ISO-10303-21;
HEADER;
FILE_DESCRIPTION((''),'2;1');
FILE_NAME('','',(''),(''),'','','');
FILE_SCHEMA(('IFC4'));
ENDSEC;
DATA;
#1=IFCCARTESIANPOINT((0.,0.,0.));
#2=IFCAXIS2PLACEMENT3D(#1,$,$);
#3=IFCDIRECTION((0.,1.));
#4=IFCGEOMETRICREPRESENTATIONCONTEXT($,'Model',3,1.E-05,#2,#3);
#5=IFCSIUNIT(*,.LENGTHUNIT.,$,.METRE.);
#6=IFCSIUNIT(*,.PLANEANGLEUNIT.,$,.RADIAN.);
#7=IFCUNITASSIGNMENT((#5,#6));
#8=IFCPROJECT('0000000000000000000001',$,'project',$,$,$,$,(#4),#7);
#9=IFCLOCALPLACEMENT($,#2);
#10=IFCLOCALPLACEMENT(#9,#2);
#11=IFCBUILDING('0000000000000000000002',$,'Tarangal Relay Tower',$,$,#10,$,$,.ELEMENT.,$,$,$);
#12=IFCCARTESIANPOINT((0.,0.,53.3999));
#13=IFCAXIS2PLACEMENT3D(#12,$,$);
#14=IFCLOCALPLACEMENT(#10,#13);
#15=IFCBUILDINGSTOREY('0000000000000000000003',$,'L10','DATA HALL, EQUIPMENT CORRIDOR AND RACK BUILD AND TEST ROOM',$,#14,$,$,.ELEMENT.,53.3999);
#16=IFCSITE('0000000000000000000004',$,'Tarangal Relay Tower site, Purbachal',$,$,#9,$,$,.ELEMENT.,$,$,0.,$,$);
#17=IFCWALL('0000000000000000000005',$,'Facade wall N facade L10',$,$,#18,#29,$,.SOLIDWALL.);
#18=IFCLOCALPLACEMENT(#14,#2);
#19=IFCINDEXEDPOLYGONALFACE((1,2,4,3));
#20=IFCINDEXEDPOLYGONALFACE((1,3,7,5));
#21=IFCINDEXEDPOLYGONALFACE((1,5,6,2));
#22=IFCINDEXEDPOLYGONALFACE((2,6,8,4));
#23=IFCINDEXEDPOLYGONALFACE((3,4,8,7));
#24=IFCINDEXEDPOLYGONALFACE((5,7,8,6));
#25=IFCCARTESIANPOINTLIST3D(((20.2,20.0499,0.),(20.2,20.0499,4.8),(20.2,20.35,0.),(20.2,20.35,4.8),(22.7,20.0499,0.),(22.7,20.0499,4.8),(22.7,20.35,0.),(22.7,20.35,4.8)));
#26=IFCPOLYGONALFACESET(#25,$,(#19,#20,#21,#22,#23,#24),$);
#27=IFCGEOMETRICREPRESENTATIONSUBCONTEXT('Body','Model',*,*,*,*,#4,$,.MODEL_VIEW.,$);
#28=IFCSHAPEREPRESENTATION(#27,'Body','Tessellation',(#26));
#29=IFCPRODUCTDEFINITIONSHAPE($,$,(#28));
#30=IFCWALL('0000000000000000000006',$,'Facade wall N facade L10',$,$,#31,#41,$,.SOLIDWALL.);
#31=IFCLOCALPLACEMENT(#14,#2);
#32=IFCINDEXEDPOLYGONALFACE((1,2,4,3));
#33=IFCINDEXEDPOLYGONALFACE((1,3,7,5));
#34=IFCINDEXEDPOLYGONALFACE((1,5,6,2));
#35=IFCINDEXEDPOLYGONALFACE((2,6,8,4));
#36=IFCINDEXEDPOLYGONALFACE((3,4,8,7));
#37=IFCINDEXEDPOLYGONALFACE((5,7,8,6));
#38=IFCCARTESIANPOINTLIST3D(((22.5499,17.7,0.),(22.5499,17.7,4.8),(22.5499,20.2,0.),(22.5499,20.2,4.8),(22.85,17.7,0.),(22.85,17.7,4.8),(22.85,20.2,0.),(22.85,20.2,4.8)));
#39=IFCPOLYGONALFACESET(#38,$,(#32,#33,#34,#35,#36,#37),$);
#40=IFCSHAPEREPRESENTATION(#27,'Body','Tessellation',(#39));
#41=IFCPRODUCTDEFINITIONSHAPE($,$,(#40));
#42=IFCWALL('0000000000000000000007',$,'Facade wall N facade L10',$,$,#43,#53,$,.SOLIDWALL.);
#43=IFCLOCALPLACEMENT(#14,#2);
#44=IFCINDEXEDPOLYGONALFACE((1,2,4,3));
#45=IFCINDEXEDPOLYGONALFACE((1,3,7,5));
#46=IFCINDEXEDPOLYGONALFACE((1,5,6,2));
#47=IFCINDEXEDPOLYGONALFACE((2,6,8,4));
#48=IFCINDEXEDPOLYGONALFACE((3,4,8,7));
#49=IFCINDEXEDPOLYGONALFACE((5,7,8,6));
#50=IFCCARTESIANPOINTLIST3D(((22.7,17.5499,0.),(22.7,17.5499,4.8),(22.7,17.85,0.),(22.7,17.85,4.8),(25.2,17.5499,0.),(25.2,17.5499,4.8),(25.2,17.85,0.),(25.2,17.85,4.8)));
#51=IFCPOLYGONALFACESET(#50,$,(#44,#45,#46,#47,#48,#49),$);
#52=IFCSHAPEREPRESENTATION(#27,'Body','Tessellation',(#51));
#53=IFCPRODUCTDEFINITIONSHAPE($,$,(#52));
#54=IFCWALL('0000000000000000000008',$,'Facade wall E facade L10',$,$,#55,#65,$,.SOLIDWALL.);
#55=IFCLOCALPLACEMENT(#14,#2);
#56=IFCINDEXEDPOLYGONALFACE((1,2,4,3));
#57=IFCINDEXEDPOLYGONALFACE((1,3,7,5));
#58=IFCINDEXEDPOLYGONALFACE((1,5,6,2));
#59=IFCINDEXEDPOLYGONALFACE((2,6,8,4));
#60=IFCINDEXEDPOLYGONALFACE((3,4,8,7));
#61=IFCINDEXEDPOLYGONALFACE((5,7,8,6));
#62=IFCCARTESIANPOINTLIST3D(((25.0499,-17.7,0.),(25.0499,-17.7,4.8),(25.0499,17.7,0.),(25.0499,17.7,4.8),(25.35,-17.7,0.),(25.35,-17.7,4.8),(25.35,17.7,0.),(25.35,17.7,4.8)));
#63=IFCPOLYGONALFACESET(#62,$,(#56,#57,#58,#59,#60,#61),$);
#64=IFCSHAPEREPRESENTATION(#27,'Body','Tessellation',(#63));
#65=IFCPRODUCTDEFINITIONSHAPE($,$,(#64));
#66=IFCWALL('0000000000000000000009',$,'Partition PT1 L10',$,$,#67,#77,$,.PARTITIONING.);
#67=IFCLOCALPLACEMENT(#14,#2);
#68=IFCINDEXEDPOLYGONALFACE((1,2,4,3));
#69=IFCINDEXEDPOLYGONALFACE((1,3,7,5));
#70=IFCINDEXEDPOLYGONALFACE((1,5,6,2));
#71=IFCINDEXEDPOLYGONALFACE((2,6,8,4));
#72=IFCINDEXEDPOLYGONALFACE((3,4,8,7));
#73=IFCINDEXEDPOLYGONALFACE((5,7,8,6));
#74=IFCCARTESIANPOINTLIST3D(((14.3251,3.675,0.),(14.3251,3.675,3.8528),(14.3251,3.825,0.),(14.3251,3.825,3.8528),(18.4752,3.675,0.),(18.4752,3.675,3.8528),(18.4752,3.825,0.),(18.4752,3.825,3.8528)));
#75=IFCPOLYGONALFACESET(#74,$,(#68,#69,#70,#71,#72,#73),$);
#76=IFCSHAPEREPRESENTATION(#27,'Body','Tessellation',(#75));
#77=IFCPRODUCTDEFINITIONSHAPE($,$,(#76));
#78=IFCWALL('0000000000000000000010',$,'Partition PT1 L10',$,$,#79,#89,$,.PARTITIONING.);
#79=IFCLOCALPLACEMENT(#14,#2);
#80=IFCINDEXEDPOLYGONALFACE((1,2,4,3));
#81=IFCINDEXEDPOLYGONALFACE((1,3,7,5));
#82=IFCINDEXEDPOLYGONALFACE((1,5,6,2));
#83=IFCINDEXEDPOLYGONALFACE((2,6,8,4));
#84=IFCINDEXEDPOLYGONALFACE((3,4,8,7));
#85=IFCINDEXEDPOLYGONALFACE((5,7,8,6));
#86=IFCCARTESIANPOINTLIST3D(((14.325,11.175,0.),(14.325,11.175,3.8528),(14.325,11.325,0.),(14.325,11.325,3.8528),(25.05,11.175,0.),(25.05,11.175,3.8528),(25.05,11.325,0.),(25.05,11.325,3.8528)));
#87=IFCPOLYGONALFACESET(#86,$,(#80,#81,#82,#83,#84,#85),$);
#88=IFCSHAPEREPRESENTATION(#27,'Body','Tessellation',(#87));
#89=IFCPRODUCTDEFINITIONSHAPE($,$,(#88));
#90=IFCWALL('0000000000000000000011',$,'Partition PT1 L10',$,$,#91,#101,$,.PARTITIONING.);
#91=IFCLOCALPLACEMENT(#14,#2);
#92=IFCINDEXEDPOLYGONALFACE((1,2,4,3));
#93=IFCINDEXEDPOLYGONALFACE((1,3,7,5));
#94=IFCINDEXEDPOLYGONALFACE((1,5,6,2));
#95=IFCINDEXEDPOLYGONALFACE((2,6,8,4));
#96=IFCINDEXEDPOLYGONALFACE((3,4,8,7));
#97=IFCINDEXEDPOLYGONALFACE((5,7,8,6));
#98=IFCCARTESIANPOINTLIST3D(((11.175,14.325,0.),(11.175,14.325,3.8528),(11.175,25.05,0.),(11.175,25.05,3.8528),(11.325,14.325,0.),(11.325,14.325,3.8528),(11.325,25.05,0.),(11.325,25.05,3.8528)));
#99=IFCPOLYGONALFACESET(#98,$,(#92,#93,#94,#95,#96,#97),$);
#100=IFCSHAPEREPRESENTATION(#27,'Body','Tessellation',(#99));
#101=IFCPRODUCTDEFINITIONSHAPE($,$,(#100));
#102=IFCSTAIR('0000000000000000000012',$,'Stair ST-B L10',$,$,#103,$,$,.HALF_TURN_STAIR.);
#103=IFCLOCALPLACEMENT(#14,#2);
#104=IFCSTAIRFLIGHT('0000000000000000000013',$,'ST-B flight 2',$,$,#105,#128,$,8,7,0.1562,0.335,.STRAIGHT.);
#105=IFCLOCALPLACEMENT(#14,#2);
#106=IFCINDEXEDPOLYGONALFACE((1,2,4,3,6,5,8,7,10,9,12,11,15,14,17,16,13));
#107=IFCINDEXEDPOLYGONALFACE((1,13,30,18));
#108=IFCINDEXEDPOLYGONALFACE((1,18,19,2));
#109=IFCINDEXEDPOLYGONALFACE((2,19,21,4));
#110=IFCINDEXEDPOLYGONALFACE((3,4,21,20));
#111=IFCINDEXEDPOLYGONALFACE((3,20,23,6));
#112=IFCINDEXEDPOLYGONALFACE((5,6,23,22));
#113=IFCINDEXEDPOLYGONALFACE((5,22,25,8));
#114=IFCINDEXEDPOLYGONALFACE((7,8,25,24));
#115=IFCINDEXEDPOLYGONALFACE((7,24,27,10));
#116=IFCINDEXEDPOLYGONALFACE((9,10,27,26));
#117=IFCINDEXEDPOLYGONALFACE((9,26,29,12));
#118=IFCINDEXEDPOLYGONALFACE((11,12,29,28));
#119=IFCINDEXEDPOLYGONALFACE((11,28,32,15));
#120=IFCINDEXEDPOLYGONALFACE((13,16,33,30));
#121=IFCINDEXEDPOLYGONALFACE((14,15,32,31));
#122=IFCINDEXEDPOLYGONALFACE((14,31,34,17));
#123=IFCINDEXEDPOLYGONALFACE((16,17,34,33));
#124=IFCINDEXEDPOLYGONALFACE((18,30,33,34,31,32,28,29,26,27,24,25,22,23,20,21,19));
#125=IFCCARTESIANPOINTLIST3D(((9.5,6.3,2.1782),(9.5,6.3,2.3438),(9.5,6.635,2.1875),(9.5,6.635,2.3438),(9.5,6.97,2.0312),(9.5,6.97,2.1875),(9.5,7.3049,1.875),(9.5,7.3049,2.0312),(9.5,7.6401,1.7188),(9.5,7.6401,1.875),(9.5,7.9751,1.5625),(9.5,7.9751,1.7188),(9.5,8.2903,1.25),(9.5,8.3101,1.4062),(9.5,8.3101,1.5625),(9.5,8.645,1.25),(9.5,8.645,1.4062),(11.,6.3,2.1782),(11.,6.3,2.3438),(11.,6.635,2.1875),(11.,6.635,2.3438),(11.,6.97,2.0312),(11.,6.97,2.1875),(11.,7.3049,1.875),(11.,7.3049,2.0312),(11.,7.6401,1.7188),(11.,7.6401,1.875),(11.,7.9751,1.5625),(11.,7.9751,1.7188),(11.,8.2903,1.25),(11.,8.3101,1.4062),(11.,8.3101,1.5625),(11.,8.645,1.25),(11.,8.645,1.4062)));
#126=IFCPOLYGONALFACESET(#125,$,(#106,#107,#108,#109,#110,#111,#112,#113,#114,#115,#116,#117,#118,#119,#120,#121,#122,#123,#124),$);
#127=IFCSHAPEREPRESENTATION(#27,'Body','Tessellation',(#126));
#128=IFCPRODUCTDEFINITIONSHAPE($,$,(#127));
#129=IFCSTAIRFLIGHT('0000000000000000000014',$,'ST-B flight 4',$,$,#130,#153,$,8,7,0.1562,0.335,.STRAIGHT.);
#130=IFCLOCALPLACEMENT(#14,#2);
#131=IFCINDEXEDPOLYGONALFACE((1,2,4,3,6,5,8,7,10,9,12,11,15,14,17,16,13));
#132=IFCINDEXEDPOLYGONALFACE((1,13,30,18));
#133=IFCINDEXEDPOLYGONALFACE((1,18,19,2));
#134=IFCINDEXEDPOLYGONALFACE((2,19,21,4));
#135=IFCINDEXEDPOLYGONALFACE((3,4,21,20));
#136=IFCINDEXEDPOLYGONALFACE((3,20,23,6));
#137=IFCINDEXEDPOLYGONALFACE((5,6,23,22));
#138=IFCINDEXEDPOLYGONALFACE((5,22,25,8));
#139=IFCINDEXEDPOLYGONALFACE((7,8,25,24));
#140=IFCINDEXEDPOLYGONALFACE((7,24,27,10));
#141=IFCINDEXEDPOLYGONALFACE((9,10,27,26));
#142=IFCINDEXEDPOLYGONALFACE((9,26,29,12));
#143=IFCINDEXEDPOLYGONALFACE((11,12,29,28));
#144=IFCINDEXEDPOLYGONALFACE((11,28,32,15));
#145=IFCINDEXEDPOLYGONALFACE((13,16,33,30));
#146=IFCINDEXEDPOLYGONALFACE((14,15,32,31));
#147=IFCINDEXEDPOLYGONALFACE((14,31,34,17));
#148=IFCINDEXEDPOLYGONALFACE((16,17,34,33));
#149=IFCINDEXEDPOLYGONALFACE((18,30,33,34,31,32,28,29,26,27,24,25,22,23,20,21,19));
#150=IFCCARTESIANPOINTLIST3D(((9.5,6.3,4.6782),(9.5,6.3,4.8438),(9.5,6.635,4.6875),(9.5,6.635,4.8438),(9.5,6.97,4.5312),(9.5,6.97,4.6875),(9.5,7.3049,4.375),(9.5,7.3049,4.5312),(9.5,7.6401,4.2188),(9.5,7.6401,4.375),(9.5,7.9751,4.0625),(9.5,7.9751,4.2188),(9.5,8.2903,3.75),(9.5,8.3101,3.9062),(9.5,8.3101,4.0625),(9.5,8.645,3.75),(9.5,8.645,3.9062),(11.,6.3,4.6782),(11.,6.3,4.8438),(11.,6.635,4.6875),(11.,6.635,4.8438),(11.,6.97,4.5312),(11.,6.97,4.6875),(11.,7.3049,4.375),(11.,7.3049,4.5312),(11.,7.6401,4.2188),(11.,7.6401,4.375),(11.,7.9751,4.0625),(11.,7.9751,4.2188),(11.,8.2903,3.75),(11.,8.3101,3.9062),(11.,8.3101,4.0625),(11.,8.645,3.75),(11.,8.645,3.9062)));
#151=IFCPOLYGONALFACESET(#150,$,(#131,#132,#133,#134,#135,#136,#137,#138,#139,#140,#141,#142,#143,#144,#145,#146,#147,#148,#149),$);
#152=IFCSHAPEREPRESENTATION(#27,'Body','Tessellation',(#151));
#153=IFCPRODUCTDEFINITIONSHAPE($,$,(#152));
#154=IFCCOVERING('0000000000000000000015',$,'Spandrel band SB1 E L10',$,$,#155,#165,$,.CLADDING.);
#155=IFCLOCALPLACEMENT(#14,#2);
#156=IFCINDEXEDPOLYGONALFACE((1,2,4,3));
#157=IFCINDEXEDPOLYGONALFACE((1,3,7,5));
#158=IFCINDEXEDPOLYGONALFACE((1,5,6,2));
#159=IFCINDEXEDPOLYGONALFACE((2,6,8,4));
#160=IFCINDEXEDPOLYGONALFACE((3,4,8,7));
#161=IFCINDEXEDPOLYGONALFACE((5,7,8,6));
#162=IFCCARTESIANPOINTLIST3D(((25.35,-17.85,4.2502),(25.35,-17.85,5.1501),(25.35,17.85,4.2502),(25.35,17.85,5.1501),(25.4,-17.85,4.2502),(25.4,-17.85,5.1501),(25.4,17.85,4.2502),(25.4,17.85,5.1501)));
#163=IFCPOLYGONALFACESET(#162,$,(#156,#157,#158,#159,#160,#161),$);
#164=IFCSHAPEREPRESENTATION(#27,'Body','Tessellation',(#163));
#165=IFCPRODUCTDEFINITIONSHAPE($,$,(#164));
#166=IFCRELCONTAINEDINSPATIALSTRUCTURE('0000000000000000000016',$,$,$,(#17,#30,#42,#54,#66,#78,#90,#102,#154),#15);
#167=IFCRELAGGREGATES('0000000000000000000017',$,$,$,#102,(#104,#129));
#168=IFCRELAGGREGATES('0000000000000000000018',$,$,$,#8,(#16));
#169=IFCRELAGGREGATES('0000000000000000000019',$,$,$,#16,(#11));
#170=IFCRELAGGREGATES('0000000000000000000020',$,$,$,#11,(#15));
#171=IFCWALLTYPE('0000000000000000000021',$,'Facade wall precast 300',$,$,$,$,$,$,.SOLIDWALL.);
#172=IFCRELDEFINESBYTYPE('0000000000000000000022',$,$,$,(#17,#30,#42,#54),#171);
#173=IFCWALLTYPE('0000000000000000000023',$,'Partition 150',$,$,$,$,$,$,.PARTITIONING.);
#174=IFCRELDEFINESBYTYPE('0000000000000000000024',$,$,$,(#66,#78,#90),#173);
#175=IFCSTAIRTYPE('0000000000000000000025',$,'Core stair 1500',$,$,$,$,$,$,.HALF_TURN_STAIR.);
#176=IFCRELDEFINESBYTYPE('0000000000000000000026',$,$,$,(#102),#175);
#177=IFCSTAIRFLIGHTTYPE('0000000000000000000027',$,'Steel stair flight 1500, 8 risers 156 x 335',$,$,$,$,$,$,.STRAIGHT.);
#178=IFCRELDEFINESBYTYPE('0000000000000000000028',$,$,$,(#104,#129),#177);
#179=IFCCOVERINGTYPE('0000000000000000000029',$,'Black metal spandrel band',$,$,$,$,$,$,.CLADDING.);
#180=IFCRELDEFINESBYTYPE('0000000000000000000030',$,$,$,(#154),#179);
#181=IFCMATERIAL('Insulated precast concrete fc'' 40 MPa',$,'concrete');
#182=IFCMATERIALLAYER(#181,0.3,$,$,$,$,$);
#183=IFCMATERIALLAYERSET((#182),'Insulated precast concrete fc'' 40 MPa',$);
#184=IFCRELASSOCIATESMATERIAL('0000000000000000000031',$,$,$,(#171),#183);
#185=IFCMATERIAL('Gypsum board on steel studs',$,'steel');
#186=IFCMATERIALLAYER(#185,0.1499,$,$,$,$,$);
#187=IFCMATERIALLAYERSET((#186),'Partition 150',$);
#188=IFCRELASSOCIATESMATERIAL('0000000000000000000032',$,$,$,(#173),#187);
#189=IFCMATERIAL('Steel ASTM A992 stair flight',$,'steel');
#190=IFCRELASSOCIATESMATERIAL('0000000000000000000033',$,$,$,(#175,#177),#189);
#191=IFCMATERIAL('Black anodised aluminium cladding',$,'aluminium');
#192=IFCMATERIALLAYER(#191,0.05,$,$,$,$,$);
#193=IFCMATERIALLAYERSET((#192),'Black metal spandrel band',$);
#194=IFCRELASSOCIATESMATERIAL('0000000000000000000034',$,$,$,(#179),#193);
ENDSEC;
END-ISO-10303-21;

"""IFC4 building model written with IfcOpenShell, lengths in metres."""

from ifc_helpers import new_model, si_unit, direction, frame, frame_2d, origin, origin_2d, place, context, subcontext, project, spatial, polyline, rectangle, outline, extrude, material, layer, layer_set, type_object, element, aggregate, save


model = new_model("IFC4")

# Units and contexts
model_context = context("Model", 3, precision=1e-05, world=origin(), true_north=direction((0.0, 1.0)))
body_context = subcontext(model_context, "Body", "Model", "MODEL_VIEW")
ifc_project = project(units=[si_unit("LENGTHUNIT", "METRE"), si_unit("PLANEANGLEUNIT", "RADIAN")], contexts=[model_context])

# Site, building, storey
site_placement = place(None, origin())
site = spatial("IfcSite", under=ifc_project, at=site_placement, Name="Tarangal Relay Tower site, Purbachal", CompositionType="ELEMENT", RefElevation=0.0)
building_placement = place(site_placement, origin())
building = spatial("IfcBuilding", under=site, at=building_placement, Name="Tarangal Relay Tower", CompositionType="ELEMENT")
storey_placement = place(building_placement, frame((0.0, 0.0, 53.3999)))
storey = spatial("IfcBuildingStorey", under=building, at=storey_placement, Name="L10", Description="DATA HALL, EQUIPMENT CORRIDOR AND RACK BUILD AND TEST ROOM", CompositionType="ELEMENT", Elevation=53.3999)

# Shared definitions
ifc_material_1 = material(Name="Insulated precast concrete fc' 40 MPa", Category="concrete")
ifc_layer_1 = layer(ifc_material_1, 0.3)
ifc_layer_set_1 = layer_set([ifc_layer_1], Name="Insulated precast concrete fc' 40 MPa")
wall_type_1 = type_object("IfcWallType", Name="Facade wall precast 300", PredefinedType="SOLIDWALL", material=ifc_layer_set_1)

# Walls
for number, where, z_axis, x_axis, name in (
    (1, (20.2, 20.2, 0.0), (0.0, 0.0, 1.0), (1.0, 0.0, 0.0), "Facade wall N facade L10"),
    (2, (22.7, 20.2, 0.0), (0.0, 0.0, 1.0), (0.0, -1.0, 0.0), "Facade wall N facade L10"),
    (3, (22.7, 17.7, 0.0), (0.0, 0.0, 1.0), (1.0, 0.0, 0.0), "Facade wall N facade L10"),
):
    element("IfcWall", number, at=place(storey_placement, frame(where, z_axis=z_axis, x_axis=x_axis)), inside=storey, type_object=wall_type_1, Name=name, PredefinedType="SOLIDWALL", context=body_context, shape_type="SweptSolid", body=[
        extrude(rectangle(XDim=2.5, YDim=0.3, at=frame_2d((1.25, 0.0))), origin(), (0.0, 0.0, 1.0), 4.8),
    ])
wall_1_placement = place(storey_placement, frame((25.2, 17.7, 0.0), z_axis=(0.0, 0.0, 1.0), x_axis=(0.0, -1.0, 0.0)))
element("IfcWall", 4, at=wall_1_placement, inside=storey, type_object=wall_type_1, Name="Facade wall E facade L10", PredefinedType="SOLIDWALL", context=body_context, shape_type="SweptSolid", body=[
    extrude(rectangle(XDim=35.3999, YDim=0.3, at=frame_2d((17.7, 0.0))), origin(), (0.0, 0.0, 1.0), 4.8),
])
ifc_material_2 = material(Name="Gypsum board on steel studs", Category="steel")
ifc_layer_2 = layer(ifc_material_2, 0.1499)
ifc_layer_set_2 = layer_set([ifc_layer_2], Name="Partition 150")
wall_type_2 = type_object("IfcWallType", Name="Partition 150", PredefinedType="PARTITIONING", material=ifc_layer_set_2)
wall_2_placement = place(storey_placement, frame((14.325, 3.75, 0.0), z_axis=(0.0, 0.0, 1.0), x_axis=(1.0, 0.0, 0.0)))
element("IfcWall", 5, at=wall_2_placement, inside=storey, type_object=wall_type_2, Name="Partition PT1 L10", PredefinedType="PARTITIONING", context=body_context, shape_type="SweptSolid", body=[
    extrude(rectangle(XDim=4.1501, YDim=0.1499, at=frame_2d((2.0752, 0.0))), origin(), (0.0, 0.0, 1.0), 3.8528),
])
for number, where, z_axis, x_axis, name in (
    (6, (14.325, 11.25, 0.0), (0.0, 0.0, 1.0), (1.0, 0.0, 0.0), "Partition PT1 L10"),
    (7, (11.25, 14.325, 0.0), (0.0, 0.0, 1.0), (0.0, 1.0, 0.0), "Partition PT1 L10"),
):
    element("IfcWall", number, at=place(storey_placement, frame(where, z_axis=z_axis, x_axis=x_axis)), inside=storey, type_object=wall_type_2, Name=name, PredefinedType="PARTITIONING", context=body_context, shape_type="SweptSolid", body=[
        extrude(rectangle(XDim=10.7251, YDim=0.1499, at=frame_2d((5.3625, 0.0))), origin(), (0.0, 0.0, 1.0), 3.8528),
    ])

# Stair, stair flights
ifc_material_3 = material(Name="Steel ASTM A992 stair flight", Category="steel")
stair_type = type_object("IfcStairType", Name="Core stair 1500", PredefinedType="HALF_TURN_STAIR", material=ifc_material_3)
stair_placement = place(storey_placement, origin())
stair = element("IfcStair", 8, at=stair_placement, inside=storey, type_object=stair_type, Name="Stair ST-B L10", PredefinedType="HALF_TURN_STAIR")
stair_flight_type = type_object("IfcStairFlightType", Name="Steel stair flight 1500, 8 risers 156 x 335", PredefinedType="STRAIGHT", material=ifc_material_3)
stair_flight_1_placement = place(storey_placement, frame((10.25, 8.645, 1.25), z_axis=(0.0, 0.0, 1.0), x_axis=(0.0, -1.0, 0.0)))
stair_flight_1 = element("IfcStairFlight", 9, at=stair_flight_1_placement, type_object=stair_flight_type, Name="ST-B flight 2", NumberOfRisers=8, NumberOfTreads=7, PredefinedType="STRAIGHT", RiserHeight=0.1562, TreadLength=0.335, context=body_context, shape_type="SweptSolid", body=[
    extrude(outline(polyline([(0.0, 0.0), (0.0, 0.1562), (0.335, 0.1562), (0.335, 0.3125), (0.6699, 0.3125), (0.6699, 0.4688), (1.0049, 0.4688), (1.0049, 0.625), (1.3401, 0.625), (1.3401, 0.7812), (1.675, 0.7812), (1.675, 0.9375), (2.01, 0.9375), (2.01, 1.0938), (2.345, 1.0938), (2.345, 1.25), (2.345, 0.9282), (0.3547, 0.0), (0.0, 0.0)])), frame((0.0, 0.75, 0.0), z_axis=(0.0, -1.0, 0.0), x_axis=(1.0, 0.0, 0.0)), (0.0, 0.0, 1.0), 1.5),
])
stair_flight_2_placement = place(storey_placement, frame((10.25, 8.645, 3.75), z_axis=(0.0, 0.0, 1.0), x_axis=(0.0, -1.0, 0.0)))
stair_flight_2 = element("IfcStairFlight", 10, at=stair_flight_2_placement, type_object=stair_flight_type, Name="ST-B flight 4", NumberOfRisers=8, NumberOfTreads=7, PredefinedType="STRAIGHT", RiserHeight=0.1562, TreadLength=0.335, context=body_context, shape_type="SweptSolid", body=[
    extrude(outline(polyline([(0.0, 0.0), (0.0, 0.1562), (0.335, 0.1562), (0.335, 0.3125), (0.6699, 0.3125), (0.6699, 0.4688), (1.0049, 0.4688), (1.0049, 0.625), (1.3401, 0.625), (1.3401, 0.7812), (1.675, 0.7812), (1.675, 0.9375), (2.01, 0.9375), (2.01, 1.0938), (2.345, 1.0938), (2.345, 1.25), (2.345, 0.9282), (0.3547, 0.0), (0.0, 0.0)])), frame((0.0, 0.75, 0.0), z_axis=(0.0, -1.0, 0.0), x_axis=(1.0, 0.0, 0.0)), (0.0, 0.0, 1.0), 1.5),
])
aggregate(stair, [stair_flight_1, stair_flight_2])

# Covering
ifc_material_4 = material(Name="Black anodised aluminium cladding", Category="aluminium")
ifc_layer_3 = layer(ifc_material_4, 0.05)
ifc_layer_set_3 = layer_set([ifc_layer_3], Name="Black metal spandrel band")
covering_type = type_object("IfcCoveringType", Name="Black metal spandrel band", PredefinedType="CLADDING", material=ifc_layer_set_3)
covering_placement = place(storey_placement, frame((25.375, 0.0, 4.2502), z_axis=(0.0, 0.0, 1.0), x_axis=(0.0, -1.0, 0.0)))
element("IfcCovering", 11, at=covering_placement, inside=storey, type_object=covering_type, Name="Spandrel band SB1 E L10", PredefinedType="CLADDING", context=body_context, shape_type="SweptSolid", body=[
    extrude(rectangle(XDim=35.7, YDim=0.05, at=origin_2d()), origin(), (0.0, 0.0, 1.0), 0.8999),
])

save(model, "model.ifc")
